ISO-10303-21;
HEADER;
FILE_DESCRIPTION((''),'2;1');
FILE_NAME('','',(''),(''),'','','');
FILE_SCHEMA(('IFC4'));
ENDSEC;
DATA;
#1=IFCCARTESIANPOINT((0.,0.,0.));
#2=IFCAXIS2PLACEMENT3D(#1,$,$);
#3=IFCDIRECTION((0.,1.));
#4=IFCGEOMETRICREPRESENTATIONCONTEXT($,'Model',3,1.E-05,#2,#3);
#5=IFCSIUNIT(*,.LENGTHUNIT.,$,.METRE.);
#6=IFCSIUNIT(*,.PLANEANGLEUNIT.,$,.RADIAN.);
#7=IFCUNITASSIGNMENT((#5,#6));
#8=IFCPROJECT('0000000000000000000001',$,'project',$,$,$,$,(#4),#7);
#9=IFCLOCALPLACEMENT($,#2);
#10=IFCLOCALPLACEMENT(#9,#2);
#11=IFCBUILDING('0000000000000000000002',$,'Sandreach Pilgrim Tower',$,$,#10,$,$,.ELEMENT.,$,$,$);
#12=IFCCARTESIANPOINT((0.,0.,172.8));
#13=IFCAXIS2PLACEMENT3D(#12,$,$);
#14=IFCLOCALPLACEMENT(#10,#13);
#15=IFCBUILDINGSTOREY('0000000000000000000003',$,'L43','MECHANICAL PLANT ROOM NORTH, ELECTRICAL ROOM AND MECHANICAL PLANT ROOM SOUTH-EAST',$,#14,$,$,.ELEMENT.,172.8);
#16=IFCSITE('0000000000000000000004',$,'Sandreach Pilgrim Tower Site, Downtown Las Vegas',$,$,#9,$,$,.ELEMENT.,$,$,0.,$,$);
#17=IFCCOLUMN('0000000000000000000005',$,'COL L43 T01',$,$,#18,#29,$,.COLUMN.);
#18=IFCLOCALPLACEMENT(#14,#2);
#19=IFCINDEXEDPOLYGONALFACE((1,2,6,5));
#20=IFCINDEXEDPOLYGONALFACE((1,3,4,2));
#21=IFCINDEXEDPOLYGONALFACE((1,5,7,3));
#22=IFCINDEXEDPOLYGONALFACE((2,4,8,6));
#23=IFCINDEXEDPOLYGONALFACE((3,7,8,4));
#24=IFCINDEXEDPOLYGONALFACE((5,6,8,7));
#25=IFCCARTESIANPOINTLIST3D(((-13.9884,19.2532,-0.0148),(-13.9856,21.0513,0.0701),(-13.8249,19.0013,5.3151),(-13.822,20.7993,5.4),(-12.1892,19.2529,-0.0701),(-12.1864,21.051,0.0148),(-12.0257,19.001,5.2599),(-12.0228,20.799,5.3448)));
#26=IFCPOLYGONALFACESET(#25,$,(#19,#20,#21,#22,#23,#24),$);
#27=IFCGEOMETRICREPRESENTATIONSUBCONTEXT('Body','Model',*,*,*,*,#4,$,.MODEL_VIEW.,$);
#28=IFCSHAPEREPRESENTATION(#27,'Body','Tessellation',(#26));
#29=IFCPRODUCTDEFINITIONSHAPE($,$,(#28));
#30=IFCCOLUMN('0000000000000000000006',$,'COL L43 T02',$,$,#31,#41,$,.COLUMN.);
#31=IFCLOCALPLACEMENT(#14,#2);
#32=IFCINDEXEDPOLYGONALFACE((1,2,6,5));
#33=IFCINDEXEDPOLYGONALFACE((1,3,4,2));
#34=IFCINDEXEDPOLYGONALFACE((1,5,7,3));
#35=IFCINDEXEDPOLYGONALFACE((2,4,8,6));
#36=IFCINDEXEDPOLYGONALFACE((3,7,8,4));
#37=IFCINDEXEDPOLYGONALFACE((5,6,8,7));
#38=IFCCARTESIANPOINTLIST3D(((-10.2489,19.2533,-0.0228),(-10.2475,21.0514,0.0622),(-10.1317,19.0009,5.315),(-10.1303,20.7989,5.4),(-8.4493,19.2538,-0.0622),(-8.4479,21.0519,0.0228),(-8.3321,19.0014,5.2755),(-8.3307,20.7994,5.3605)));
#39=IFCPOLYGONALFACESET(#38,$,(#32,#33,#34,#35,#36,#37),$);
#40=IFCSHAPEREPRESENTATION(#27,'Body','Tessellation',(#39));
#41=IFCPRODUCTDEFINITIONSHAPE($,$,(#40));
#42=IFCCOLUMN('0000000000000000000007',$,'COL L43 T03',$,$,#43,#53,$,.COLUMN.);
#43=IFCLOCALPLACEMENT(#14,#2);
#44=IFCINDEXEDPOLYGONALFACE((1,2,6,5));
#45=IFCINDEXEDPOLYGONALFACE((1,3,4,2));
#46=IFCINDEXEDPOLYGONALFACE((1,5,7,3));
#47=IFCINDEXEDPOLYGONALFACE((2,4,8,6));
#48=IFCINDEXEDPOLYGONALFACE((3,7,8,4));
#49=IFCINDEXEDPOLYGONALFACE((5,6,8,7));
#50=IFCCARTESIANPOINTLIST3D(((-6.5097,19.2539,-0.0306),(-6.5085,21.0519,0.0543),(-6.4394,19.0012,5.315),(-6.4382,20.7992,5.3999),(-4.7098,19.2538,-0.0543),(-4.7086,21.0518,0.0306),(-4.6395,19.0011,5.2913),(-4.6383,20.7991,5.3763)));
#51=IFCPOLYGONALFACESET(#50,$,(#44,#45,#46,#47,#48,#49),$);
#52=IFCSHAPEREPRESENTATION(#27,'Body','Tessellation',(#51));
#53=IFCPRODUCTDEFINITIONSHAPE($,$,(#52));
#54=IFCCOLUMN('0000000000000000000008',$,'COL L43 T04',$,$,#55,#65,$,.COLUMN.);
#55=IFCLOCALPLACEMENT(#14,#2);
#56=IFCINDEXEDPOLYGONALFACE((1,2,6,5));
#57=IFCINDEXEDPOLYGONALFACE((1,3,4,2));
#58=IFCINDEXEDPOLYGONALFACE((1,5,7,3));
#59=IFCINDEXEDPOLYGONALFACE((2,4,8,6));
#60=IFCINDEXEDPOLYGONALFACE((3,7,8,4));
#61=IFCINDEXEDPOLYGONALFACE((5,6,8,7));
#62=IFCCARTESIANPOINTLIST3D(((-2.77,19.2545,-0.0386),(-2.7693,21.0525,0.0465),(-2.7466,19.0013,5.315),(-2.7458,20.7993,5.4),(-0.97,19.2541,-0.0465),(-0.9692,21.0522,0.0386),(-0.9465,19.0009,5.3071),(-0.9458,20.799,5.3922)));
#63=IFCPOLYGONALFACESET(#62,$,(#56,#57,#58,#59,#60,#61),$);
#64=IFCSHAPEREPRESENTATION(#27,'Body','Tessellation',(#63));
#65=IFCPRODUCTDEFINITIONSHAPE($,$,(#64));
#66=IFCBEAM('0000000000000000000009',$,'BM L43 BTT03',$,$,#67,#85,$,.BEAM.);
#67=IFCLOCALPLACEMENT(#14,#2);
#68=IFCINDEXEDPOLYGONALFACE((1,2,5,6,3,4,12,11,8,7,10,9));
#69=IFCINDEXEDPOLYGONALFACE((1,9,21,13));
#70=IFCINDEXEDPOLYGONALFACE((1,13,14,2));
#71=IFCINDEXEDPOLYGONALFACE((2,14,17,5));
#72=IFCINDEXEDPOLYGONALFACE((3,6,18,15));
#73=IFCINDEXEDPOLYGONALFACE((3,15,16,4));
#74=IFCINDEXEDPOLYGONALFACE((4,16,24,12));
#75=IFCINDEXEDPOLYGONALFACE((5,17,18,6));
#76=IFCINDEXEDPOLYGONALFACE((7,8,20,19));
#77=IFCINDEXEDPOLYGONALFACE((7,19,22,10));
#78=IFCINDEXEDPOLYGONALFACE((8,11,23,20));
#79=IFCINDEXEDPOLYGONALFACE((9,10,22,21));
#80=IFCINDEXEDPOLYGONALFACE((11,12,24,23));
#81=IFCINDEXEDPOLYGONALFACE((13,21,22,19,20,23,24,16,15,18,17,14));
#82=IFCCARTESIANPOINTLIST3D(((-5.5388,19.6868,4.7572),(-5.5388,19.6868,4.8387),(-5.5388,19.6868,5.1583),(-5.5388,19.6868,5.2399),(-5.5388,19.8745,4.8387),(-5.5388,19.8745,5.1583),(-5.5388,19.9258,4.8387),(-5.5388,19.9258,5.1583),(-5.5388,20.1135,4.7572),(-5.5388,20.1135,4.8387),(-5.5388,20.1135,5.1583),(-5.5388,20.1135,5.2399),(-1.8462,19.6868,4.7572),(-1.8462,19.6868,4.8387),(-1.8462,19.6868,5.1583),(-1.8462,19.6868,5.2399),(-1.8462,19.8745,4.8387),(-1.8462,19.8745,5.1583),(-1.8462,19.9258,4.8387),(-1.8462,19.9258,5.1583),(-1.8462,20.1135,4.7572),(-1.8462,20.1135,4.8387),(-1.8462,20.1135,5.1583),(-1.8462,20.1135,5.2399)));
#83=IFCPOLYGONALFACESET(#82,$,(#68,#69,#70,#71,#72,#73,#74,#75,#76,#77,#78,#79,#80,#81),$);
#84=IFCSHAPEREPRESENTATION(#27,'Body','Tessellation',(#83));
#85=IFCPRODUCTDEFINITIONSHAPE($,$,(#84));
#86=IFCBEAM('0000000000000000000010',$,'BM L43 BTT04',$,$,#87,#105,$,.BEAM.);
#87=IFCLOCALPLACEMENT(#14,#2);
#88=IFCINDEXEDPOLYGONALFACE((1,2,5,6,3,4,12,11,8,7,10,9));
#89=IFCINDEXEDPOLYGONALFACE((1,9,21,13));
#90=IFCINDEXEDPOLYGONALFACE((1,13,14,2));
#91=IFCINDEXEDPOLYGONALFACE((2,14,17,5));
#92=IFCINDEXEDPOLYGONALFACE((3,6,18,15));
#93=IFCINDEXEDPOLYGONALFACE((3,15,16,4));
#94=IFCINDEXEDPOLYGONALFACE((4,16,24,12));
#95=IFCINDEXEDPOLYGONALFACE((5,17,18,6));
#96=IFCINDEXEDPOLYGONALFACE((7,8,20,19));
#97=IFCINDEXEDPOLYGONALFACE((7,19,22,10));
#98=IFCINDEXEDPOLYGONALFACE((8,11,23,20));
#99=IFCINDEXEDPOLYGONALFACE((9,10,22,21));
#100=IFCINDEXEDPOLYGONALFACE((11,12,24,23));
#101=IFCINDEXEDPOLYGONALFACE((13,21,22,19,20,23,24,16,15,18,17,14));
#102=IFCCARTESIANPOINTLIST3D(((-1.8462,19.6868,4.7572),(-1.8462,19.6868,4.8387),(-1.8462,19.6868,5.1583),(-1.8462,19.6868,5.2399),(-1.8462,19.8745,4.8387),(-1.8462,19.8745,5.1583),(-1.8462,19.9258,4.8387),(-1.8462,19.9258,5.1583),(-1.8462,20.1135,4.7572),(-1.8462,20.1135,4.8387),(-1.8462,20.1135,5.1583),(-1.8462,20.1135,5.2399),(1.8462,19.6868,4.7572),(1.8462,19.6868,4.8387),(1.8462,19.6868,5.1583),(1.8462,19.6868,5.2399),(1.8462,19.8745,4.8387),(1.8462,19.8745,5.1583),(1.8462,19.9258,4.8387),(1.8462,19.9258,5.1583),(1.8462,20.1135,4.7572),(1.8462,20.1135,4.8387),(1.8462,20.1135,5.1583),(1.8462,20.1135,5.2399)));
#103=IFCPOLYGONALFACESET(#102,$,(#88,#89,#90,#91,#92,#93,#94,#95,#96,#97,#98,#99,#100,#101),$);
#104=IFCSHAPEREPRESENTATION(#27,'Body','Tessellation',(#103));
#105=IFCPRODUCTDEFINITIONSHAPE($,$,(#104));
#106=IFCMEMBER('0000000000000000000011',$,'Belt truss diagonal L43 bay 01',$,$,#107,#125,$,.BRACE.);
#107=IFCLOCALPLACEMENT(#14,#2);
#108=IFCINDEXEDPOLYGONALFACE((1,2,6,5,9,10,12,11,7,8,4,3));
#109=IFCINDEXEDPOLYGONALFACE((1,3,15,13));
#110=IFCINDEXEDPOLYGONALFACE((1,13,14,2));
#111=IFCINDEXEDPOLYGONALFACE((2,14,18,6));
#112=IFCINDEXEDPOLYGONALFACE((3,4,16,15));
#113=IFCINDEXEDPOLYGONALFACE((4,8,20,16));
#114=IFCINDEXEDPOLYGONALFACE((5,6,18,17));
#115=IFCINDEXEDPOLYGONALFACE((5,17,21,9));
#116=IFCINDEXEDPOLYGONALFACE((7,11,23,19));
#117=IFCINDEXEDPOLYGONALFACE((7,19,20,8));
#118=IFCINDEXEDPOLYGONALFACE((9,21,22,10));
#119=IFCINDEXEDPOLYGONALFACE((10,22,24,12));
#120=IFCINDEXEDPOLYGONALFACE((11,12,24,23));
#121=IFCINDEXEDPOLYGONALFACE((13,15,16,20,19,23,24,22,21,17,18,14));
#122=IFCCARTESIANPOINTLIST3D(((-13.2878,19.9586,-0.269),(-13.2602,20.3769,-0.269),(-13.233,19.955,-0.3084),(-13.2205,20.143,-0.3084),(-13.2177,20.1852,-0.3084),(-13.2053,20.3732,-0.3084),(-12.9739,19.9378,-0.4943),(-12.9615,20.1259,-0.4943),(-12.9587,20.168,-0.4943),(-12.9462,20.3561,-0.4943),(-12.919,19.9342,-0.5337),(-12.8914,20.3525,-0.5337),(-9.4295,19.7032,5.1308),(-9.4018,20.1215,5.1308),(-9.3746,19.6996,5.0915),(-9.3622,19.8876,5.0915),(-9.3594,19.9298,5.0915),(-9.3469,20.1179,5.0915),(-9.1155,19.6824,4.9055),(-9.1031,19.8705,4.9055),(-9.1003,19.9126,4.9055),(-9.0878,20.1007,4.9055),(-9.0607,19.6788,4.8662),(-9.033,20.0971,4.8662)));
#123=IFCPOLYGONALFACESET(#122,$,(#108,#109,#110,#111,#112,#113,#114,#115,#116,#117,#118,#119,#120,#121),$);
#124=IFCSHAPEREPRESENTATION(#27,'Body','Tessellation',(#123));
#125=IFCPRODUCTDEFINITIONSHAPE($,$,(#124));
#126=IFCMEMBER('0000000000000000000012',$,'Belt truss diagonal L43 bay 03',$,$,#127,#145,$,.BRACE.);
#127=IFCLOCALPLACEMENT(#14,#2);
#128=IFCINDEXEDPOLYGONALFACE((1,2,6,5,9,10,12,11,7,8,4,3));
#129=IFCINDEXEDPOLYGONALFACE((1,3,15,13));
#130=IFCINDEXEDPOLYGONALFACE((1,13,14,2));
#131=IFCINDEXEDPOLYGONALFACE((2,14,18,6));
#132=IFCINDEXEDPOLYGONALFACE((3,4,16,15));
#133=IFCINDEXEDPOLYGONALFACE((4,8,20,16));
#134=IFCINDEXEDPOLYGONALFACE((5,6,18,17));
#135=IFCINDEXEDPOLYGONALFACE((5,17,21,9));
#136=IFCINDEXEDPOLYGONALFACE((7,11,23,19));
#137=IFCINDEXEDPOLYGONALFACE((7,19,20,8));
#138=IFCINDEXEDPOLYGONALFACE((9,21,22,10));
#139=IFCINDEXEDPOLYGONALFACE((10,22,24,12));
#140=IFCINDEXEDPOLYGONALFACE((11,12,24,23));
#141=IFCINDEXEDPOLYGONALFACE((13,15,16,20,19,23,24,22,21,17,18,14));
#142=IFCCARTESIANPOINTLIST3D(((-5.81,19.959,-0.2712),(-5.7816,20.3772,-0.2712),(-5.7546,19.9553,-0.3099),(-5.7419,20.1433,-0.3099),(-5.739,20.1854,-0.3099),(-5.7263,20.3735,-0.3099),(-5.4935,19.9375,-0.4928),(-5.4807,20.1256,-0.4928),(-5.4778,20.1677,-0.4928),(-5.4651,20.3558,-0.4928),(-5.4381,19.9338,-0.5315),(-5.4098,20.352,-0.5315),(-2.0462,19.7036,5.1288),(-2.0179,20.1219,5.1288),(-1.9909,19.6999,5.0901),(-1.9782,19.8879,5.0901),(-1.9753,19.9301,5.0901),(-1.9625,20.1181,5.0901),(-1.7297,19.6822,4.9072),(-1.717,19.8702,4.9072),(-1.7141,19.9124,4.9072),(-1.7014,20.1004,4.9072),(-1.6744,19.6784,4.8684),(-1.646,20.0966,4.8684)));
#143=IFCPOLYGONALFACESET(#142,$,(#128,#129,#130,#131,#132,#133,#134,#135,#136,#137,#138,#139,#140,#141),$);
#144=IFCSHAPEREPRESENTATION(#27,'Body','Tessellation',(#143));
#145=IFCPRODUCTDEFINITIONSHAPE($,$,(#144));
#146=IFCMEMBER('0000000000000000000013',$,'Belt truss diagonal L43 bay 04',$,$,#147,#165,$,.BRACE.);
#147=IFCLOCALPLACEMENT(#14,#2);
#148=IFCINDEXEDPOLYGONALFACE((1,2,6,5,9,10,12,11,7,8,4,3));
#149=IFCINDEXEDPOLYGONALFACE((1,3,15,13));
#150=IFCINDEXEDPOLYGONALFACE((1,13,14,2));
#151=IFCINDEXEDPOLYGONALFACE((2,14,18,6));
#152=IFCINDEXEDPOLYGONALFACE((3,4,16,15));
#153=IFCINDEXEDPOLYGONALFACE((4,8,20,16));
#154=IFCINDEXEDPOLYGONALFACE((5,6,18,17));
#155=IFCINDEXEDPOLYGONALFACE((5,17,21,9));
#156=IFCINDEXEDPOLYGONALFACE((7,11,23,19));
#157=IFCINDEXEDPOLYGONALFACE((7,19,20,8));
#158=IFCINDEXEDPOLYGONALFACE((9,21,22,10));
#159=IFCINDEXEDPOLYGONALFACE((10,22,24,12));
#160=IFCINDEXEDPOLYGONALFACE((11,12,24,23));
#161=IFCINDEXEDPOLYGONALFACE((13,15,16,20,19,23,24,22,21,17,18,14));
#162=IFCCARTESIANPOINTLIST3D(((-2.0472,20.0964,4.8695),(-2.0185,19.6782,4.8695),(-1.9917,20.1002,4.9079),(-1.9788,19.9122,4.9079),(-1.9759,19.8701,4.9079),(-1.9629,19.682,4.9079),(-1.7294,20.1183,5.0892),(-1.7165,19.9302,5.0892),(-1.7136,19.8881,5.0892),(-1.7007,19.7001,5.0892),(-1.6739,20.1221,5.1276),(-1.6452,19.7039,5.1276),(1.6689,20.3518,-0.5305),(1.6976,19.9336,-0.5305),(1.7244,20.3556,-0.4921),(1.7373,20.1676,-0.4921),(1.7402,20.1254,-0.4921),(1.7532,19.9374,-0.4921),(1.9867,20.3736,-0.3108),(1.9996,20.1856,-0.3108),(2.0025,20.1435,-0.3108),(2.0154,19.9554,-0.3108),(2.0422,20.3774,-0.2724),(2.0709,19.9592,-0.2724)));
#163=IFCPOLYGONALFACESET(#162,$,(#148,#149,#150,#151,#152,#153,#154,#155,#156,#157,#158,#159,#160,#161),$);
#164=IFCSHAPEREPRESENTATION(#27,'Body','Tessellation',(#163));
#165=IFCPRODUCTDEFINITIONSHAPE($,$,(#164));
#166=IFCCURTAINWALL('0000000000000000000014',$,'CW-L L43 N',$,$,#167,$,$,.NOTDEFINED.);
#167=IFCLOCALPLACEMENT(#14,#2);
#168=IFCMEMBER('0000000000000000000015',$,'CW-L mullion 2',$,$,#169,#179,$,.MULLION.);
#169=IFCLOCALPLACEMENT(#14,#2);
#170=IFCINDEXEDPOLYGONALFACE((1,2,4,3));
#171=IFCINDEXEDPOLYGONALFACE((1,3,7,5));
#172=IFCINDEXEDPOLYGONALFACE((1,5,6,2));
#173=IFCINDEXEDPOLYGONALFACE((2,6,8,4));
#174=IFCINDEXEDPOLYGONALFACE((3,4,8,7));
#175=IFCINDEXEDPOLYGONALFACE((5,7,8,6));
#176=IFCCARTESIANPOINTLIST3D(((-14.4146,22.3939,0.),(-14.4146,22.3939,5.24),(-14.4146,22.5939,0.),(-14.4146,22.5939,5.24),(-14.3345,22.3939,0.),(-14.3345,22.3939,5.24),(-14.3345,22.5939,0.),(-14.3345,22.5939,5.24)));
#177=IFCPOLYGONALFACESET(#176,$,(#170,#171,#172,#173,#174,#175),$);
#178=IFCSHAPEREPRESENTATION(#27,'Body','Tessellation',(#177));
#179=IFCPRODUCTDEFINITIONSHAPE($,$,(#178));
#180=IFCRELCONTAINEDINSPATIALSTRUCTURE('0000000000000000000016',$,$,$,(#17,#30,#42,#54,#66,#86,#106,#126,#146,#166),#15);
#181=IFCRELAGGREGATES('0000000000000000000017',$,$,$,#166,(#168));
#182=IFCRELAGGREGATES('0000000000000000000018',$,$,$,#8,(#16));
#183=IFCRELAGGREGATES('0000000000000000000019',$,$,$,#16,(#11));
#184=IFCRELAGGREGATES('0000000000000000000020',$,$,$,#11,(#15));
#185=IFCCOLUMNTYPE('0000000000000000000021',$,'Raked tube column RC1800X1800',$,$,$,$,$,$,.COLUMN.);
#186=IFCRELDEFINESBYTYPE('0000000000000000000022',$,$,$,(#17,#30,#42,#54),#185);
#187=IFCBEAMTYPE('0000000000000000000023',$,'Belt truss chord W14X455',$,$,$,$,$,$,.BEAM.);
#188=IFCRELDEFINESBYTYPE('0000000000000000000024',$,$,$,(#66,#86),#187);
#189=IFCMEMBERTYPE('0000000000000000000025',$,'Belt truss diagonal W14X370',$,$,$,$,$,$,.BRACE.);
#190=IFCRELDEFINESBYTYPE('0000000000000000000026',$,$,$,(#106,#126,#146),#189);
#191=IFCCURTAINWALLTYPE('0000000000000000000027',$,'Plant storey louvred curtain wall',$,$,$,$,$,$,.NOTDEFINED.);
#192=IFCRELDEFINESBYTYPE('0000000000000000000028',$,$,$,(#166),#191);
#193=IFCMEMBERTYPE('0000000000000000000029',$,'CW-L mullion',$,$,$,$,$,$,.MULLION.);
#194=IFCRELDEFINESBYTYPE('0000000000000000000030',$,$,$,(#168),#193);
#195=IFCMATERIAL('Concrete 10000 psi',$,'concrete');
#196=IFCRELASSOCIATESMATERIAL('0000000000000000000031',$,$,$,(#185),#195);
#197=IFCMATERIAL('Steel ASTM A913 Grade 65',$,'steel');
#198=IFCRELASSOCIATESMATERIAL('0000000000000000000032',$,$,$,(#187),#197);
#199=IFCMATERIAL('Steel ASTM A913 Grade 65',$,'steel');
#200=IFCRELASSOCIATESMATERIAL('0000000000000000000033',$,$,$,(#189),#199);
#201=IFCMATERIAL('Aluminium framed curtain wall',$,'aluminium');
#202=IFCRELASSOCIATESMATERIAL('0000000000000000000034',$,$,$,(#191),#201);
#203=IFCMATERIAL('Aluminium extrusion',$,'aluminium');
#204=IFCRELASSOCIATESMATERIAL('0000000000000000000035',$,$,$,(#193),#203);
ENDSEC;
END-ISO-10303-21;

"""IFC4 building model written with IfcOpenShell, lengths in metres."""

from ifc_helpers import new_model, si_unit, direction, frame, origin, origin_2d, place, context, subcontext, project, spatial, rectangle, i_section, extrude, material, material_profile, profile_set, type_object, element, aggregate, save


model = new_model("IFC4")

# Units and contexts
model_context = context("Model", 3, precision=1e-05, world=origin(), true_north=direction((0.0, 1.0)))
body_context = subcontext(model_context, "Body", "Model", "MODEL_VIEW")
ifc_project = project(units=[si_unit("LENGTHUNIT", "METRE"), si_unit("PLANEANGLEUNIT", "RADIAN")], contexts=[model_context])

# Site, building, storey
site_placement = place(None, origin())
site = spatial("IfcSite", under=ifc_project, at=site_placement, Name="Sandreach Pilgrim Tower Site, Downtown Las Vegas", CompositionType="ELEMENT", RefElevation=0.0)
building_placement = place(site_placement, origin())
building = spatial("IfcBuilding", under=site, at=building_placement, Name="Sandreach Pilgrim Tower", CompositionType="ELEMENT")
storey_placement = place(building_placement, frame((0.0, 0.0, 172.8)))
storey = spatial("IfcBuildingStorey", under=building, at=storey_placement, Name="L43", Description="MECHANICAL PLANT ROOM NORTH, ELECTRICAL ROOM AND MECHANICAL PLANT ROOM SOUTH-EAST", CompositionType="ELEMENT", Elevation=172.8)

# Columns
ifc_material_1 = material(Name="Concrete 10000 psi", Category="concrete")
ifc_material_profile_1 = material_profile(ifc_material_1, rectangle(XDim=1.8, YDim=1.8, at=origin_2d()), Name="RC1800X1800")
ifc_profile_set_1 = profile_set([ifc_material_profile_1], Name="Concrete 10000 psi")
column_type = type_object("IfcColumnType", Name="Raked tube column RC1800X1800", PredefinedType="COLUMN", material=ifc_profile_set_1)
column_1_placement = place(storey_placement, frame((-13.0874, 20.1521, 0.0), z_axis=(0.030642, -0.047197, 0.998415), x_axis=(0.001592, 0.998886, 0.047171)))
element("IfcColumn", 1, at=column_1_placement, inside=storey, type_object=column_type, Name="COL L43 T01", PredefinedType="COLUMN", context=body_context, shape_type="SweptSolid", body=[
    extrude(rectangle(XDim=1.8, YDim=1.8, at=origin_2d()), origin(), (0.0, 0.0, 1.0), 5.3384),
])
column_2_placement = place(storey_placement, frame((-9.3484, 20.1526, 0.0), z_axis=(0.021925, -0.04723, 0.998643), x_axis=(0.000758, 0.998884, 0.047225)))
element("IfcColumn", 2, at=column_2_placement, inside=storey, type_object=column_type, Name="COL L43 T02", PredefinedType="COLUMN", context=body_context, shape_type="SweptSolid", body=[
    extrude(rectangle(XDim=1.8, YDim=1.8, at=origin_2d()), origin(), (0.0, 0.0, 1.0), 5.345),
])
column_3_placement = place(storey_placement, frame((-5.6091, 20.1528, 0.0), z_axis=(0.013137, -0.047212, 0.998798), x_axis=(0.000683, 0.998885, 0.047207)))
element("IfcColumn", 3, at=column_3_placement, inside=storey, type_object=column_type, Name="COL L43 T03", PredefinedType="COLUMN", context=body_context, shape_type="SweptSolid", body=[
    extrude(rectangle(XDim=1.8, YDim=1.8, at=origin_2d()), origin(), (0.0, 0.0, 1.0), 5.3521),
])
column_4_placement = place(storey_placement, frame((-1.8696, 20.1533, 0.0), z_axis=(0.004373, -0.047238, 0.998874), x_axis=(0.000406, 0.998884, 0.047237)))
element("IfcColumn", 4, at=column_4_placement, inside=storey, type_object=column_type, Name="COL L43 T04", PredefinedType="COLUMN", context=body_context, shape_type="SweptSolid", body=[
    extrude(rectangle(XDim=1.8, YDim=1.8, at=origin_2d()), origin(), (0.0, 0.0, 1.0), 5.3596),
])

# Beams
ifc_material_2 = material(Name="Steel ASTM A913 Grade 65", Category="steel")
ifc_material_profile_2 = material_profile(ifc_material_2, i_section(OverallWidth=0.4268, OverallDepth=0.4827, WebThickness=0.0513, FlangeThickness=0.0815, at=origin_2d()), Name="W14X455")
ifc_profile_set_2 = profile_set([ifc_material_profile_2], Name="Steel ASTM A913 Grade 65")
beam_type_1 = type_object("IfcBeamType", Name="Belt truss chord W14X455", PredefinedType="BEAM", material=ifc_profile_set_2)
beam_1_placement = place(storey_placement, frame((-5.5388, 19.9001, 4.9985), z_axis=(1.0, 0.0, 0.0), x_axis=(0.0, 1.0, 0.0)))
element("IfcBeam", 5, at=beam_1_placement, inside=storey, type_object=beam_type_1, Name="BM L43 BTT03", PredefinedType="BEAM", context=body_context, shape_type="SweptSolid", body=[
    extrude(i_section(OverallWidth=0.4268, OverallDepth=0.4827, WebThickness=0.0513, FlangeThickness=0.0815, at=origin_2d()), origin(), (0.0, 0.0, 1.0), 3.6926),
])
beam_2_placement = place(storey_placement, frame((-1.8462, 19.9001, 4.9985), z_axis=(1.0, 0.0, 0.0), x_axis=(0.0, 1.0, 0.0)))
element("IfcBeam", 6, at=beam_2_placement, inside=storey, type_object=beam_type_1, Name="BM L43 BTT04", PredefinedType="BEAM", context=body_context, shape_type="SweptSolid", body=[
    extrude(i_section(OverallWidth=0.4268, OverallDepth=0.4827, WebThickness=0.0513, FlangeThickness=0.0815, at=origin_2d()), origin(), (0.0, 0.0, 1.0), 3.6924),
])

# Members
ifc_material_3 = material(Name="Steel ASTM A913 Grade 65", Category="steel")
ifc_material_profile_3 = material_profile(ifc_material_3, i_section(OverallWidth=0.4192, OverallDepth=0.4546, WebThickness=0.0422, FlangeThickness=0.0676, at=origin_2d()), Name="W14X370")
ifc_profile_set_3 = profile_set([ifc_material_profile_3], Name="Steel ASTM A913 Grade 65")
member_type_1 = type_object("IfcMemberType", Name="Belt truss diagonal W14X370", PredefinedType="BRACE", material=ifc_profile_set_3)
member_1_placement = place(storey_placement, frame((-13.0896, 20.1555, -0.4014), z_axis=(0.580941, -0.03845, 0.813037), x_axis=(0.066041, 0.997817, 0.0)))
element("IfcMember", 7, at=member_1_placement, inside=storey, type_object=member_type_1, Name="Belt truss diagonal L43 bay 01", PredefinedType="BRACE", context=body_context, shape_type="SweptSolid", body=[
    extrude(i_section(OverallWidth=0.4192, OverallDepth=0.4546, WebThickness=0.0422, FlangeThickness=0.0676, at=origin_2d()), origin(), (0.0, 0.0, 1.0), 6.6416),
])
member_2_placement = place(storey_placement, frame((-5.6099, 20.1555, -0.4014), z_axis=(0.571373, -0.038769, 0.819774), x_axis=(0.067696, 0.997706, 0.0)))
element("IfcMember", 8, at=member_2_placement, inside=storey, type_object=member_type_1, Name="Belt truss diagonal L43 bay 03", PredefinedType="BRACE", context=body_context, shape_type="SweptSolid", body=[
    extrude(i_section(OverallWidth=0.4192, OverallDepth=0.4546, WebThickness=0.0422, FlangeThickness=0.0676, at=origin_2d()), origin(), (0.0, 0.0, 1.0), 6.5872),
])
member_3_placement = place(storey_placement, frame((-1.8462, 19.9001, 4.9985), z_axis=(0.566475, 0.038929, -0.823159), x_axis=(-0.068559, 0.997647, 0.0)))
element("IfcMember", 9, at=member_3_placement, inside=storey, type_object=member_type_1, Name="Belt truss diagonal L43 bay 04", PredefinedType="BRACE", context=body_context, shape_type="SweptSolid", body=[
    extrude(i_section(OverallWidth=0.4192, OverallDepth=0.4546, WebThickness=0.0422, FlangeThickness=0.0676, at=origin_2d()), origin(), (0.0, 0.0, 1.0), 6.5601),
])

# Curtain wall, member
ifc_material_4 = material(Name="Aluminium framed curtain wall", Category="aluminium")
curtain_wall_type = type_object("IfcCurtainWallType", Name="Plant storey louvred curtain wall", PredefinedType="NOTDEFINED", material=ifc_material_4)
curtain_wall_placement = place(storey_placement, origin())
curtain_wall = element("IfcCurtainWall", 10, at=curtain_wall_placement, inside=storey, type_object=curtain_wall_type, Name="CW-L L43 N", PredefinedType="NOTDEFINED")
ifc_material_5 = material(Name="Aluminium extrusion", Category="aluminium")
ifc_material_profile_4 = material_profile(ifc_material_5, rectangle(XDim=0.0801, YDim=0.2, at=origin_2d()), Name="CW-LM 80X200")
ifc_profile_set_4 = profile_set([ifc_material_profile_4], Name="Aluminium extrusion")
member_type_2 = type_object("IfcMemberType", Name="CW-L mullion", PredefinedType="MULLION", material=ifc_profile_set_4)
member_4_placement = place(storey_placement, frame((-14.3745, 22.4939, 0.0), z_axis=(0.0, 0.0, 1.0), x_axis=(1.0, 0.0, 0.0)))
member_4 = element("IfcMember", 11, at=member_4_placement, type_object=member_type_2, Name="CW-L mullion 2", PredefinedType="MULLION", context=body_context, shape_type="SweptSolid", body=[
    extrude(rectangle(XDim=0.0801, YDim=0.2, at=origin_2d()), origin(), (0.0, 0.0, 1.0), 5.24),
])

aggregate(curtain_wall, [member_4])

save(model, "model.ifc")
